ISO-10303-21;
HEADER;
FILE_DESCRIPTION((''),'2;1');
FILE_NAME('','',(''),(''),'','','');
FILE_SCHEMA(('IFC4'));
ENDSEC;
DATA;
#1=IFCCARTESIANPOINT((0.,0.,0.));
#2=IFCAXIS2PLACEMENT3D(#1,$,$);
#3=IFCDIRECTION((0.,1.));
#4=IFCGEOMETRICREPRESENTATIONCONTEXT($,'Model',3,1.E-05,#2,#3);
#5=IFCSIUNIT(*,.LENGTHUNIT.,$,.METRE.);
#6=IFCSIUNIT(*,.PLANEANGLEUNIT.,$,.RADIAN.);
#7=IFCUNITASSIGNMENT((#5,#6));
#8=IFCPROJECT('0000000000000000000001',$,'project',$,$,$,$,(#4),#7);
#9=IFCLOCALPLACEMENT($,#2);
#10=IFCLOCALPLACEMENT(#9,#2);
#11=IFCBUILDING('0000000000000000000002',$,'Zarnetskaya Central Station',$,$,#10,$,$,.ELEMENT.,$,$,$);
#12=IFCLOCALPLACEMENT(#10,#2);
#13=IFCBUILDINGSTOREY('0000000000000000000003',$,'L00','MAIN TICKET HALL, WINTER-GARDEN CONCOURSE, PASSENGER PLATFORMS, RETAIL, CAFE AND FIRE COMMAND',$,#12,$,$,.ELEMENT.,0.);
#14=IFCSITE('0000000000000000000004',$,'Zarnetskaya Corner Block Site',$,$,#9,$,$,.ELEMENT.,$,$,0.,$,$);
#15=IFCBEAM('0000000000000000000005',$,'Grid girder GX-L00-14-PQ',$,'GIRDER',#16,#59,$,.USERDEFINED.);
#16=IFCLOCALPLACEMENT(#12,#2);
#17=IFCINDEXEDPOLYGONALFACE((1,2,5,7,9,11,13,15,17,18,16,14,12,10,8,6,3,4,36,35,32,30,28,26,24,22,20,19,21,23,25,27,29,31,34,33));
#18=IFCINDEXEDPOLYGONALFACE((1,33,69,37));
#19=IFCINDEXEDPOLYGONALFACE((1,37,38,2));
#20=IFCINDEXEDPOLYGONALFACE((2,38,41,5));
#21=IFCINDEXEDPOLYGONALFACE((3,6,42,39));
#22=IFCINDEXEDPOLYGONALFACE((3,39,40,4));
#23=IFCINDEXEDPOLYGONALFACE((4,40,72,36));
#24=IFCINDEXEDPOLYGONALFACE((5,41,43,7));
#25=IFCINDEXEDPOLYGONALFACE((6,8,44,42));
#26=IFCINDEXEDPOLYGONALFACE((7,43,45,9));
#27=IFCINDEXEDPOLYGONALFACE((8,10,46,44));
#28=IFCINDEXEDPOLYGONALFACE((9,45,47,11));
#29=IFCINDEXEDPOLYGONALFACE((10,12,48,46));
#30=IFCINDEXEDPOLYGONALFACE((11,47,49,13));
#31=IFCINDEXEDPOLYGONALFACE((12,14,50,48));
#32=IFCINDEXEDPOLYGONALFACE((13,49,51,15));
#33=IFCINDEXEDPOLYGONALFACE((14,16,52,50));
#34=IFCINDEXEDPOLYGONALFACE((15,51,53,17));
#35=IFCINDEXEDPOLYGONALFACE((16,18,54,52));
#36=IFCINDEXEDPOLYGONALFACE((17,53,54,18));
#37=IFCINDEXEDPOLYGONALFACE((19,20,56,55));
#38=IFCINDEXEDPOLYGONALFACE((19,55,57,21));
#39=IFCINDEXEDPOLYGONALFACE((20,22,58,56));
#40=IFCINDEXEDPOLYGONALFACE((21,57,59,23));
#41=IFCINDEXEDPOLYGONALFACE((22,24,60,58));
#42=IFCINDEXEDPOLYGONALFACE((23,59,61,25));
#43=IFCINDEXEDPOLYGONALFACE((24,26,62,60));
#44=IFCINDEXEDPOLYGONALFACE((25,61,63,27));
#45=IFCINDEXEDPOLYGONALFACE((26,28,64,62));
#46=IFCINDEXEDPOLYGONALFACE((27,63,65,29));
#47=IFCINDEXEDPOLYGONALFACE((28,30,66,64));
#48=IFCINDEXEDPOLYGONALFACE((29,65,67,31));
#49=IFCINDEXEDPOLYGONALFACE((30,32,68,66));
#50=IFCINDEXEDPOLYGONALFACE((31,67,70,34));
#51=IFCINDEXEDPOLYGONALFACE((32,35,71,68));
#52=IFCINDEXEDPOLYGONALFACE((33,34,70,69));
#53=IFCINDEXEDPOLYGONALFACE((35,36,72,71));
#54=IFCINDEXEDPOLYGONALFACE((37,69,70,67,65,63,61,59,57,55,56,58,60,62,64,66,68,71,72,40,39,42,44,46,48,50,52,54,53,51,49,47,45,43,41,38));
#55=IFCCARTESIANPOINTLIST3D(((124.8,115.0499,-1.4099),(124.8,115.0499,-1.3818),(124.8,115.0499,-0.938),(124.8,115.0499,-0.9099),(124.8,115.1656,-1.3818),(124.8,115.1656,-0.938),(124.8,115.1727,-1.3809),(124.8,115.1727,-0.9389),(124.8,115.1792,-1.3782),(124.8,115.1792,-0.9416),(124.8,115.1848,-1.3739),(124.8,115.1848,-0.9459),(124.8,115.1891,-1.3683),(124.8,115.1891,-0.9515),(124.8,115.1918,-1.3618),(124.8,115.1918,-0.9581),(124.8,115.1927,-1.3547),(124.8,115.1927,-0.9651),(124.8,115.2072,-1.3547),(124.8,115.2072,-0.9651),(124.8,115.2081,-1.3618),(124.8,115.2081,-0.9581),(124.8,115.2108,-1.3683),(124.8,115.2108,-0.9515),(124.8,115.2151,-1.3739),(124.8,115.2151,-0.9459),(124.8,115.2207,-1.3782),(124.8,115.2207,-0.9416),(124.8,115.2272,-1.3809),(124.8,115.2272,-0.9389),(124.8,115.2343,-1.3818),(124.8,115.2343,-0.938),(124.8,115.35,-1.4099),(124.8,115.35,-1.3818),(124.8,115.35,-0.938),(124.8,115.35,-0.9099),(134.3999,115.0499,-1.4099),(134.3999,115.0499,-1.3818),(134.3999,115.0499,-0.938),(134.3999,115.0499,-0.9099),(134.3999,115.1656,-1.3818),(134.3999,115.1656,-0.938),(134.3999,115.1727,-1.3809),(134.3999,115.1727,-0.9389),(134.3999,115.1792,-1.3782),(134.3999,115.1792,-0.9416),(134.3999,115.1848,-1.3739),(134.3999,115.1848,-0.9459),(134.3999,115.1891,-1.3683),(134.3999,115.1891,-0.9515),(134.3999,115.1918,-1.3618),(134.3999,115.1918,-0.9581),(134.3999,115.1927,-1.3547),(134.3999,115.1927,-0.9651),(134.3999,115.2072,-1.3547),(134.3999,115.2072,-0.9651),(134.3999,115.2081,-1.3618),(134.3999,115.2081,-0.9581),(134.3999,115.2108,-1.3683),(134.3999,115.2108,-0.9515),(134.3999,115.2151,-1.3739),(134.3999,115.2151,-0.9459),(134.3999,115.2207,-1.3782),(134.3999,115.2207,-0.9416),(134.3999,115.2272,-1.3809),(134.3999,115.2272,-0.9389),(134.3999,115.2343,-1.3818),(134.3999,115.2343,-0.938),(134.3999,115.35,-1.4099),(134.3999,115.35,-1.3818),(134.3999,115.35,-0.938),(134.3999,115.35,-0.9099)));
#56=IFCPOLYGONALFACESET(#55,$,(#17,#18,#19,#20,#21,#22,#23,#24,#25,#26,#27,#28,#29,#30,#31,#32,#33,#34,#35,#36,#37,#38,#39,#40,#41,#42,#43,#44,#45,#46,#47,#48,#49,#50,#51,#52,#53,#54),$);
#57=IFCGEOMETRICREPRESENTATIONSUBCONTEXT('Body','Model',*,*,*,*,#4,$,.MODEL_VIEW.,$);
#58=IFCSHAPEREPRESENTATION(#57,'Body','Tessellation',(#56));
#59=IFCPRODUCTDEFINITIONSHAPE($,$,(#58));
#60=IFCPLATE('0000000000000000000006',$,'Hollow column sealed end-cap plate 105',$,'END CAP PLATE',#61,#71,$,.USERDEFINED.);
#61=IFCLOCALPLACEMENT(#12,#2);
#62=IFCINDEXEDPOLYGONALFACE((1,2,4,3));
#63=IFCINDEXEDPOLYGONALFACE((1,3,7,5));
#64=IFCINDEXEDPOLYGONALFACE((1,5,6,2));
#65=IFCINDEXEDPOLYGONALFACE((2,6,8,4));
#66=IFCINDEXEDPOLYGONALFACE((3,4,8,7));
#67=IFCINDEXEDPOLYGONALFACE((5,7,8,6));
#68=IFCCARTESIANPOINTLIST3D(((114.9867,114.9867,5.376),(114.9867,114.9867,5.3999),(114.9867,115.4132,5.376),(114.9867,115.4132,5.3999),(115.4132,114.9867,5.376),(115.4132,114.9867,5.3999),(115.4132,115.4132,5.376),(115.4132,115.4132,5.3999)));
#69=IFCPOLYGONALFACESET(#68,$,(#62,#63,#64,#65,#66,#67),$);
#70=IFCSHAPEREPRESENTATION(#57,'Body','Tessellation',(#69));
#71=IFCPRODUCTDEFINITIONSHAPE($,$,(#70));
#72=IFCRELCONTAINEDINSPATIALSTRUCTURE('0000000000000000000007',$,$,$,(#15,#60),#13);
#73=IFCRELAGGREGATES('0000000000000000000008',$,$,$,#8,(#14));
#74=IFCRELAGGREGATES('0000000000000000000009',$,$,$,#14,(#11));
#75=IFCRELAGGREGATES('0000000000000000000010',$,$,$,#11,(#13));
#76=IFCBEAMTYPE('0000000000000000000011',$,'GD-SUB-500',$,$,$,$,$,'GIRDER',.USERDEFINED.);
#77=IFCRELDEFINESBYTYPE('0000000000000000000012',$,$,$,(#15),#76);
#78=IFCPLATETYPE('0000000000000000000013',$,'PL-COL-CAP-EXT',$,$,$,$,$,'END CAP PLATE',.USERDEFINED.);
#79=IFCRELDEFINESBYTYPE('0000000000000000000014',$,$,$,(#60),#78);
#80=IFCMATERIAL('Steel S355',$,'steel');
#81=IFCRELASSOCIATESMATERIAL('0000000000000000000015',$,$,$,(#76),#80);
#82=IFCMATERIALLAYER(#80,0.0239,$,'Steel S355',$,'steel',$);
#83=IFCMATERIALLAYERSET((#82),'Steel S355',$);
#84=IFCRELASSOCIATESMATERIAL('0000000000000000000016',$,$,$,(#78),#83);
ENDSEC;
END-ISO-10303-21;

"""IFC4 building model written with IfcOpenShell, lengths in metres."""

from ifc_helpers import new_model, si_unit, direction, frame, origin, origin_2d, place, context, subcontext, project, spatial, rectangle, i_section, extrude, material, layer, layer_set, material_profile, profile_set, type_object, element, save


model = new_model("IFC4")

# Units and contexts
model_context = context("Model", 3, precision=1e-05, world=origin(), true_north=direction((0.0, 1.0)))
body_context = subcontext(model_context, "Body", "Model", "MODEL_VIEW")
ifc_project = project(units=[si_unit("LENGTHUNIT", "METRE"), si_unit("PLANEANGLEUNIT", "RADIAN")], contexts=[model_context])

# Site, building, storey
site_placement = place(None, origin())
site = spatial("IfcSite", under=ifc_project, at=site_placement, Name="Zarnetskaya Corner Block Site", CompositionType="ELEMENT", RefElevation=0.0)
building_placement = place(site_placement, origin())
building = spatial("IfcBuilding", under=site, at=building_placement, Name="Zarnetskaya Central Station", CompositionType="ELEMENT")
storey_placement = place(building_placement, origin())
storey = spatial("IfcBuildingStorey", under=building, at=storey_placement, Name="L00", Description="MAIN TICKET HALL, WINTER-GARDEN CONCOURSE, PASSENGER PLATFORMS, RETAIL, CAFE AND FIRE COMMAND", CompositionType="ELEMENT", Elevation=0.0)

# Shared definitions
ifc_material = material(Name="Steel S355", Category="steel")

# Beam
ifc_material_profile_1 = material_profile(ifc_material, i_section(OverallWidth=0.3, OverallDepth=0.5, WebThickness=0.0144, FlangeThickness=0.0281, FilletRadius=0.0271, at=origin_2d()), Name="HEB 500")
ifc_profile_set_1 = profile_set([ifc_material_profile_1], Name="Steel S355")
beam_type_1 = type_object("IfcBeamType", Name="GD-SUB-500", ElementType="GIRDER", PredefinedType="USERDEFINED", material=ifc_profile_set_1)
for number, where, z_axis, x_axis, name in (
    (1, (124.8, 115.2, -1.1599), (1.0, 0.0, 0.0), (0.0, 1.0, 0.0), "Grid girder GX-L00-14-PQ"),
):
    element("IfcBeam", number, at=place(storey_placement, frame(where, z_axis=z_axis, x_axis=x_axis)), inside=storey, type_object=beam_type_1, Name=name, ObjectType="GIRDER", PredefinedType="USERDEFINED", context=body_context, shape_type="SweptSolid", body=[
        extrude(i_section(OverallWidth=0.3, OverallDepth=0.5, WebThickness=0.0144, FlangeThickness=0.0281, FilletRadius=0.0271, at=origin_2d()), origin(), (0.0, 0.0, 1.0), 9.5999),
    ])

# Plate
ifc_layer = layer(ifc_material, 0.0239, Name="Steel S355", Category="steel")
ifc_layer_set = layer_set([ifc_layer], Name="Steel S355")
plate_type = type_object("IfcPlateType", Name="PL-COL-CAP-EXT", ElementType="END CAP PLATE", PredefinedType="USERDEFINED", material=ifc_layer_set)
plate_placement = place(storey_placement, frame((115.2, 115.2, 5.376), z_axis=(0.0, 0.0, 1.0), x_axis=(1.0, 0.0, 0.0)))
element("IfcPlate", 2, at=plate_placement, inside=storey, type_object=plate_type, Name="Hollow column sealed end-cap plate 105", ObjectType="END CAP PLATE", PredefinedType="USERDEFINED", context=body_context, shape_type="SweptSolid", body=[
    extrude(rectangle(XDim=0.4265, YDim=0.4265, at=origin_2d()), origin(), (0.0, 0.0, 1.0), 0.0239),
])

save(model, "model.ifc")
